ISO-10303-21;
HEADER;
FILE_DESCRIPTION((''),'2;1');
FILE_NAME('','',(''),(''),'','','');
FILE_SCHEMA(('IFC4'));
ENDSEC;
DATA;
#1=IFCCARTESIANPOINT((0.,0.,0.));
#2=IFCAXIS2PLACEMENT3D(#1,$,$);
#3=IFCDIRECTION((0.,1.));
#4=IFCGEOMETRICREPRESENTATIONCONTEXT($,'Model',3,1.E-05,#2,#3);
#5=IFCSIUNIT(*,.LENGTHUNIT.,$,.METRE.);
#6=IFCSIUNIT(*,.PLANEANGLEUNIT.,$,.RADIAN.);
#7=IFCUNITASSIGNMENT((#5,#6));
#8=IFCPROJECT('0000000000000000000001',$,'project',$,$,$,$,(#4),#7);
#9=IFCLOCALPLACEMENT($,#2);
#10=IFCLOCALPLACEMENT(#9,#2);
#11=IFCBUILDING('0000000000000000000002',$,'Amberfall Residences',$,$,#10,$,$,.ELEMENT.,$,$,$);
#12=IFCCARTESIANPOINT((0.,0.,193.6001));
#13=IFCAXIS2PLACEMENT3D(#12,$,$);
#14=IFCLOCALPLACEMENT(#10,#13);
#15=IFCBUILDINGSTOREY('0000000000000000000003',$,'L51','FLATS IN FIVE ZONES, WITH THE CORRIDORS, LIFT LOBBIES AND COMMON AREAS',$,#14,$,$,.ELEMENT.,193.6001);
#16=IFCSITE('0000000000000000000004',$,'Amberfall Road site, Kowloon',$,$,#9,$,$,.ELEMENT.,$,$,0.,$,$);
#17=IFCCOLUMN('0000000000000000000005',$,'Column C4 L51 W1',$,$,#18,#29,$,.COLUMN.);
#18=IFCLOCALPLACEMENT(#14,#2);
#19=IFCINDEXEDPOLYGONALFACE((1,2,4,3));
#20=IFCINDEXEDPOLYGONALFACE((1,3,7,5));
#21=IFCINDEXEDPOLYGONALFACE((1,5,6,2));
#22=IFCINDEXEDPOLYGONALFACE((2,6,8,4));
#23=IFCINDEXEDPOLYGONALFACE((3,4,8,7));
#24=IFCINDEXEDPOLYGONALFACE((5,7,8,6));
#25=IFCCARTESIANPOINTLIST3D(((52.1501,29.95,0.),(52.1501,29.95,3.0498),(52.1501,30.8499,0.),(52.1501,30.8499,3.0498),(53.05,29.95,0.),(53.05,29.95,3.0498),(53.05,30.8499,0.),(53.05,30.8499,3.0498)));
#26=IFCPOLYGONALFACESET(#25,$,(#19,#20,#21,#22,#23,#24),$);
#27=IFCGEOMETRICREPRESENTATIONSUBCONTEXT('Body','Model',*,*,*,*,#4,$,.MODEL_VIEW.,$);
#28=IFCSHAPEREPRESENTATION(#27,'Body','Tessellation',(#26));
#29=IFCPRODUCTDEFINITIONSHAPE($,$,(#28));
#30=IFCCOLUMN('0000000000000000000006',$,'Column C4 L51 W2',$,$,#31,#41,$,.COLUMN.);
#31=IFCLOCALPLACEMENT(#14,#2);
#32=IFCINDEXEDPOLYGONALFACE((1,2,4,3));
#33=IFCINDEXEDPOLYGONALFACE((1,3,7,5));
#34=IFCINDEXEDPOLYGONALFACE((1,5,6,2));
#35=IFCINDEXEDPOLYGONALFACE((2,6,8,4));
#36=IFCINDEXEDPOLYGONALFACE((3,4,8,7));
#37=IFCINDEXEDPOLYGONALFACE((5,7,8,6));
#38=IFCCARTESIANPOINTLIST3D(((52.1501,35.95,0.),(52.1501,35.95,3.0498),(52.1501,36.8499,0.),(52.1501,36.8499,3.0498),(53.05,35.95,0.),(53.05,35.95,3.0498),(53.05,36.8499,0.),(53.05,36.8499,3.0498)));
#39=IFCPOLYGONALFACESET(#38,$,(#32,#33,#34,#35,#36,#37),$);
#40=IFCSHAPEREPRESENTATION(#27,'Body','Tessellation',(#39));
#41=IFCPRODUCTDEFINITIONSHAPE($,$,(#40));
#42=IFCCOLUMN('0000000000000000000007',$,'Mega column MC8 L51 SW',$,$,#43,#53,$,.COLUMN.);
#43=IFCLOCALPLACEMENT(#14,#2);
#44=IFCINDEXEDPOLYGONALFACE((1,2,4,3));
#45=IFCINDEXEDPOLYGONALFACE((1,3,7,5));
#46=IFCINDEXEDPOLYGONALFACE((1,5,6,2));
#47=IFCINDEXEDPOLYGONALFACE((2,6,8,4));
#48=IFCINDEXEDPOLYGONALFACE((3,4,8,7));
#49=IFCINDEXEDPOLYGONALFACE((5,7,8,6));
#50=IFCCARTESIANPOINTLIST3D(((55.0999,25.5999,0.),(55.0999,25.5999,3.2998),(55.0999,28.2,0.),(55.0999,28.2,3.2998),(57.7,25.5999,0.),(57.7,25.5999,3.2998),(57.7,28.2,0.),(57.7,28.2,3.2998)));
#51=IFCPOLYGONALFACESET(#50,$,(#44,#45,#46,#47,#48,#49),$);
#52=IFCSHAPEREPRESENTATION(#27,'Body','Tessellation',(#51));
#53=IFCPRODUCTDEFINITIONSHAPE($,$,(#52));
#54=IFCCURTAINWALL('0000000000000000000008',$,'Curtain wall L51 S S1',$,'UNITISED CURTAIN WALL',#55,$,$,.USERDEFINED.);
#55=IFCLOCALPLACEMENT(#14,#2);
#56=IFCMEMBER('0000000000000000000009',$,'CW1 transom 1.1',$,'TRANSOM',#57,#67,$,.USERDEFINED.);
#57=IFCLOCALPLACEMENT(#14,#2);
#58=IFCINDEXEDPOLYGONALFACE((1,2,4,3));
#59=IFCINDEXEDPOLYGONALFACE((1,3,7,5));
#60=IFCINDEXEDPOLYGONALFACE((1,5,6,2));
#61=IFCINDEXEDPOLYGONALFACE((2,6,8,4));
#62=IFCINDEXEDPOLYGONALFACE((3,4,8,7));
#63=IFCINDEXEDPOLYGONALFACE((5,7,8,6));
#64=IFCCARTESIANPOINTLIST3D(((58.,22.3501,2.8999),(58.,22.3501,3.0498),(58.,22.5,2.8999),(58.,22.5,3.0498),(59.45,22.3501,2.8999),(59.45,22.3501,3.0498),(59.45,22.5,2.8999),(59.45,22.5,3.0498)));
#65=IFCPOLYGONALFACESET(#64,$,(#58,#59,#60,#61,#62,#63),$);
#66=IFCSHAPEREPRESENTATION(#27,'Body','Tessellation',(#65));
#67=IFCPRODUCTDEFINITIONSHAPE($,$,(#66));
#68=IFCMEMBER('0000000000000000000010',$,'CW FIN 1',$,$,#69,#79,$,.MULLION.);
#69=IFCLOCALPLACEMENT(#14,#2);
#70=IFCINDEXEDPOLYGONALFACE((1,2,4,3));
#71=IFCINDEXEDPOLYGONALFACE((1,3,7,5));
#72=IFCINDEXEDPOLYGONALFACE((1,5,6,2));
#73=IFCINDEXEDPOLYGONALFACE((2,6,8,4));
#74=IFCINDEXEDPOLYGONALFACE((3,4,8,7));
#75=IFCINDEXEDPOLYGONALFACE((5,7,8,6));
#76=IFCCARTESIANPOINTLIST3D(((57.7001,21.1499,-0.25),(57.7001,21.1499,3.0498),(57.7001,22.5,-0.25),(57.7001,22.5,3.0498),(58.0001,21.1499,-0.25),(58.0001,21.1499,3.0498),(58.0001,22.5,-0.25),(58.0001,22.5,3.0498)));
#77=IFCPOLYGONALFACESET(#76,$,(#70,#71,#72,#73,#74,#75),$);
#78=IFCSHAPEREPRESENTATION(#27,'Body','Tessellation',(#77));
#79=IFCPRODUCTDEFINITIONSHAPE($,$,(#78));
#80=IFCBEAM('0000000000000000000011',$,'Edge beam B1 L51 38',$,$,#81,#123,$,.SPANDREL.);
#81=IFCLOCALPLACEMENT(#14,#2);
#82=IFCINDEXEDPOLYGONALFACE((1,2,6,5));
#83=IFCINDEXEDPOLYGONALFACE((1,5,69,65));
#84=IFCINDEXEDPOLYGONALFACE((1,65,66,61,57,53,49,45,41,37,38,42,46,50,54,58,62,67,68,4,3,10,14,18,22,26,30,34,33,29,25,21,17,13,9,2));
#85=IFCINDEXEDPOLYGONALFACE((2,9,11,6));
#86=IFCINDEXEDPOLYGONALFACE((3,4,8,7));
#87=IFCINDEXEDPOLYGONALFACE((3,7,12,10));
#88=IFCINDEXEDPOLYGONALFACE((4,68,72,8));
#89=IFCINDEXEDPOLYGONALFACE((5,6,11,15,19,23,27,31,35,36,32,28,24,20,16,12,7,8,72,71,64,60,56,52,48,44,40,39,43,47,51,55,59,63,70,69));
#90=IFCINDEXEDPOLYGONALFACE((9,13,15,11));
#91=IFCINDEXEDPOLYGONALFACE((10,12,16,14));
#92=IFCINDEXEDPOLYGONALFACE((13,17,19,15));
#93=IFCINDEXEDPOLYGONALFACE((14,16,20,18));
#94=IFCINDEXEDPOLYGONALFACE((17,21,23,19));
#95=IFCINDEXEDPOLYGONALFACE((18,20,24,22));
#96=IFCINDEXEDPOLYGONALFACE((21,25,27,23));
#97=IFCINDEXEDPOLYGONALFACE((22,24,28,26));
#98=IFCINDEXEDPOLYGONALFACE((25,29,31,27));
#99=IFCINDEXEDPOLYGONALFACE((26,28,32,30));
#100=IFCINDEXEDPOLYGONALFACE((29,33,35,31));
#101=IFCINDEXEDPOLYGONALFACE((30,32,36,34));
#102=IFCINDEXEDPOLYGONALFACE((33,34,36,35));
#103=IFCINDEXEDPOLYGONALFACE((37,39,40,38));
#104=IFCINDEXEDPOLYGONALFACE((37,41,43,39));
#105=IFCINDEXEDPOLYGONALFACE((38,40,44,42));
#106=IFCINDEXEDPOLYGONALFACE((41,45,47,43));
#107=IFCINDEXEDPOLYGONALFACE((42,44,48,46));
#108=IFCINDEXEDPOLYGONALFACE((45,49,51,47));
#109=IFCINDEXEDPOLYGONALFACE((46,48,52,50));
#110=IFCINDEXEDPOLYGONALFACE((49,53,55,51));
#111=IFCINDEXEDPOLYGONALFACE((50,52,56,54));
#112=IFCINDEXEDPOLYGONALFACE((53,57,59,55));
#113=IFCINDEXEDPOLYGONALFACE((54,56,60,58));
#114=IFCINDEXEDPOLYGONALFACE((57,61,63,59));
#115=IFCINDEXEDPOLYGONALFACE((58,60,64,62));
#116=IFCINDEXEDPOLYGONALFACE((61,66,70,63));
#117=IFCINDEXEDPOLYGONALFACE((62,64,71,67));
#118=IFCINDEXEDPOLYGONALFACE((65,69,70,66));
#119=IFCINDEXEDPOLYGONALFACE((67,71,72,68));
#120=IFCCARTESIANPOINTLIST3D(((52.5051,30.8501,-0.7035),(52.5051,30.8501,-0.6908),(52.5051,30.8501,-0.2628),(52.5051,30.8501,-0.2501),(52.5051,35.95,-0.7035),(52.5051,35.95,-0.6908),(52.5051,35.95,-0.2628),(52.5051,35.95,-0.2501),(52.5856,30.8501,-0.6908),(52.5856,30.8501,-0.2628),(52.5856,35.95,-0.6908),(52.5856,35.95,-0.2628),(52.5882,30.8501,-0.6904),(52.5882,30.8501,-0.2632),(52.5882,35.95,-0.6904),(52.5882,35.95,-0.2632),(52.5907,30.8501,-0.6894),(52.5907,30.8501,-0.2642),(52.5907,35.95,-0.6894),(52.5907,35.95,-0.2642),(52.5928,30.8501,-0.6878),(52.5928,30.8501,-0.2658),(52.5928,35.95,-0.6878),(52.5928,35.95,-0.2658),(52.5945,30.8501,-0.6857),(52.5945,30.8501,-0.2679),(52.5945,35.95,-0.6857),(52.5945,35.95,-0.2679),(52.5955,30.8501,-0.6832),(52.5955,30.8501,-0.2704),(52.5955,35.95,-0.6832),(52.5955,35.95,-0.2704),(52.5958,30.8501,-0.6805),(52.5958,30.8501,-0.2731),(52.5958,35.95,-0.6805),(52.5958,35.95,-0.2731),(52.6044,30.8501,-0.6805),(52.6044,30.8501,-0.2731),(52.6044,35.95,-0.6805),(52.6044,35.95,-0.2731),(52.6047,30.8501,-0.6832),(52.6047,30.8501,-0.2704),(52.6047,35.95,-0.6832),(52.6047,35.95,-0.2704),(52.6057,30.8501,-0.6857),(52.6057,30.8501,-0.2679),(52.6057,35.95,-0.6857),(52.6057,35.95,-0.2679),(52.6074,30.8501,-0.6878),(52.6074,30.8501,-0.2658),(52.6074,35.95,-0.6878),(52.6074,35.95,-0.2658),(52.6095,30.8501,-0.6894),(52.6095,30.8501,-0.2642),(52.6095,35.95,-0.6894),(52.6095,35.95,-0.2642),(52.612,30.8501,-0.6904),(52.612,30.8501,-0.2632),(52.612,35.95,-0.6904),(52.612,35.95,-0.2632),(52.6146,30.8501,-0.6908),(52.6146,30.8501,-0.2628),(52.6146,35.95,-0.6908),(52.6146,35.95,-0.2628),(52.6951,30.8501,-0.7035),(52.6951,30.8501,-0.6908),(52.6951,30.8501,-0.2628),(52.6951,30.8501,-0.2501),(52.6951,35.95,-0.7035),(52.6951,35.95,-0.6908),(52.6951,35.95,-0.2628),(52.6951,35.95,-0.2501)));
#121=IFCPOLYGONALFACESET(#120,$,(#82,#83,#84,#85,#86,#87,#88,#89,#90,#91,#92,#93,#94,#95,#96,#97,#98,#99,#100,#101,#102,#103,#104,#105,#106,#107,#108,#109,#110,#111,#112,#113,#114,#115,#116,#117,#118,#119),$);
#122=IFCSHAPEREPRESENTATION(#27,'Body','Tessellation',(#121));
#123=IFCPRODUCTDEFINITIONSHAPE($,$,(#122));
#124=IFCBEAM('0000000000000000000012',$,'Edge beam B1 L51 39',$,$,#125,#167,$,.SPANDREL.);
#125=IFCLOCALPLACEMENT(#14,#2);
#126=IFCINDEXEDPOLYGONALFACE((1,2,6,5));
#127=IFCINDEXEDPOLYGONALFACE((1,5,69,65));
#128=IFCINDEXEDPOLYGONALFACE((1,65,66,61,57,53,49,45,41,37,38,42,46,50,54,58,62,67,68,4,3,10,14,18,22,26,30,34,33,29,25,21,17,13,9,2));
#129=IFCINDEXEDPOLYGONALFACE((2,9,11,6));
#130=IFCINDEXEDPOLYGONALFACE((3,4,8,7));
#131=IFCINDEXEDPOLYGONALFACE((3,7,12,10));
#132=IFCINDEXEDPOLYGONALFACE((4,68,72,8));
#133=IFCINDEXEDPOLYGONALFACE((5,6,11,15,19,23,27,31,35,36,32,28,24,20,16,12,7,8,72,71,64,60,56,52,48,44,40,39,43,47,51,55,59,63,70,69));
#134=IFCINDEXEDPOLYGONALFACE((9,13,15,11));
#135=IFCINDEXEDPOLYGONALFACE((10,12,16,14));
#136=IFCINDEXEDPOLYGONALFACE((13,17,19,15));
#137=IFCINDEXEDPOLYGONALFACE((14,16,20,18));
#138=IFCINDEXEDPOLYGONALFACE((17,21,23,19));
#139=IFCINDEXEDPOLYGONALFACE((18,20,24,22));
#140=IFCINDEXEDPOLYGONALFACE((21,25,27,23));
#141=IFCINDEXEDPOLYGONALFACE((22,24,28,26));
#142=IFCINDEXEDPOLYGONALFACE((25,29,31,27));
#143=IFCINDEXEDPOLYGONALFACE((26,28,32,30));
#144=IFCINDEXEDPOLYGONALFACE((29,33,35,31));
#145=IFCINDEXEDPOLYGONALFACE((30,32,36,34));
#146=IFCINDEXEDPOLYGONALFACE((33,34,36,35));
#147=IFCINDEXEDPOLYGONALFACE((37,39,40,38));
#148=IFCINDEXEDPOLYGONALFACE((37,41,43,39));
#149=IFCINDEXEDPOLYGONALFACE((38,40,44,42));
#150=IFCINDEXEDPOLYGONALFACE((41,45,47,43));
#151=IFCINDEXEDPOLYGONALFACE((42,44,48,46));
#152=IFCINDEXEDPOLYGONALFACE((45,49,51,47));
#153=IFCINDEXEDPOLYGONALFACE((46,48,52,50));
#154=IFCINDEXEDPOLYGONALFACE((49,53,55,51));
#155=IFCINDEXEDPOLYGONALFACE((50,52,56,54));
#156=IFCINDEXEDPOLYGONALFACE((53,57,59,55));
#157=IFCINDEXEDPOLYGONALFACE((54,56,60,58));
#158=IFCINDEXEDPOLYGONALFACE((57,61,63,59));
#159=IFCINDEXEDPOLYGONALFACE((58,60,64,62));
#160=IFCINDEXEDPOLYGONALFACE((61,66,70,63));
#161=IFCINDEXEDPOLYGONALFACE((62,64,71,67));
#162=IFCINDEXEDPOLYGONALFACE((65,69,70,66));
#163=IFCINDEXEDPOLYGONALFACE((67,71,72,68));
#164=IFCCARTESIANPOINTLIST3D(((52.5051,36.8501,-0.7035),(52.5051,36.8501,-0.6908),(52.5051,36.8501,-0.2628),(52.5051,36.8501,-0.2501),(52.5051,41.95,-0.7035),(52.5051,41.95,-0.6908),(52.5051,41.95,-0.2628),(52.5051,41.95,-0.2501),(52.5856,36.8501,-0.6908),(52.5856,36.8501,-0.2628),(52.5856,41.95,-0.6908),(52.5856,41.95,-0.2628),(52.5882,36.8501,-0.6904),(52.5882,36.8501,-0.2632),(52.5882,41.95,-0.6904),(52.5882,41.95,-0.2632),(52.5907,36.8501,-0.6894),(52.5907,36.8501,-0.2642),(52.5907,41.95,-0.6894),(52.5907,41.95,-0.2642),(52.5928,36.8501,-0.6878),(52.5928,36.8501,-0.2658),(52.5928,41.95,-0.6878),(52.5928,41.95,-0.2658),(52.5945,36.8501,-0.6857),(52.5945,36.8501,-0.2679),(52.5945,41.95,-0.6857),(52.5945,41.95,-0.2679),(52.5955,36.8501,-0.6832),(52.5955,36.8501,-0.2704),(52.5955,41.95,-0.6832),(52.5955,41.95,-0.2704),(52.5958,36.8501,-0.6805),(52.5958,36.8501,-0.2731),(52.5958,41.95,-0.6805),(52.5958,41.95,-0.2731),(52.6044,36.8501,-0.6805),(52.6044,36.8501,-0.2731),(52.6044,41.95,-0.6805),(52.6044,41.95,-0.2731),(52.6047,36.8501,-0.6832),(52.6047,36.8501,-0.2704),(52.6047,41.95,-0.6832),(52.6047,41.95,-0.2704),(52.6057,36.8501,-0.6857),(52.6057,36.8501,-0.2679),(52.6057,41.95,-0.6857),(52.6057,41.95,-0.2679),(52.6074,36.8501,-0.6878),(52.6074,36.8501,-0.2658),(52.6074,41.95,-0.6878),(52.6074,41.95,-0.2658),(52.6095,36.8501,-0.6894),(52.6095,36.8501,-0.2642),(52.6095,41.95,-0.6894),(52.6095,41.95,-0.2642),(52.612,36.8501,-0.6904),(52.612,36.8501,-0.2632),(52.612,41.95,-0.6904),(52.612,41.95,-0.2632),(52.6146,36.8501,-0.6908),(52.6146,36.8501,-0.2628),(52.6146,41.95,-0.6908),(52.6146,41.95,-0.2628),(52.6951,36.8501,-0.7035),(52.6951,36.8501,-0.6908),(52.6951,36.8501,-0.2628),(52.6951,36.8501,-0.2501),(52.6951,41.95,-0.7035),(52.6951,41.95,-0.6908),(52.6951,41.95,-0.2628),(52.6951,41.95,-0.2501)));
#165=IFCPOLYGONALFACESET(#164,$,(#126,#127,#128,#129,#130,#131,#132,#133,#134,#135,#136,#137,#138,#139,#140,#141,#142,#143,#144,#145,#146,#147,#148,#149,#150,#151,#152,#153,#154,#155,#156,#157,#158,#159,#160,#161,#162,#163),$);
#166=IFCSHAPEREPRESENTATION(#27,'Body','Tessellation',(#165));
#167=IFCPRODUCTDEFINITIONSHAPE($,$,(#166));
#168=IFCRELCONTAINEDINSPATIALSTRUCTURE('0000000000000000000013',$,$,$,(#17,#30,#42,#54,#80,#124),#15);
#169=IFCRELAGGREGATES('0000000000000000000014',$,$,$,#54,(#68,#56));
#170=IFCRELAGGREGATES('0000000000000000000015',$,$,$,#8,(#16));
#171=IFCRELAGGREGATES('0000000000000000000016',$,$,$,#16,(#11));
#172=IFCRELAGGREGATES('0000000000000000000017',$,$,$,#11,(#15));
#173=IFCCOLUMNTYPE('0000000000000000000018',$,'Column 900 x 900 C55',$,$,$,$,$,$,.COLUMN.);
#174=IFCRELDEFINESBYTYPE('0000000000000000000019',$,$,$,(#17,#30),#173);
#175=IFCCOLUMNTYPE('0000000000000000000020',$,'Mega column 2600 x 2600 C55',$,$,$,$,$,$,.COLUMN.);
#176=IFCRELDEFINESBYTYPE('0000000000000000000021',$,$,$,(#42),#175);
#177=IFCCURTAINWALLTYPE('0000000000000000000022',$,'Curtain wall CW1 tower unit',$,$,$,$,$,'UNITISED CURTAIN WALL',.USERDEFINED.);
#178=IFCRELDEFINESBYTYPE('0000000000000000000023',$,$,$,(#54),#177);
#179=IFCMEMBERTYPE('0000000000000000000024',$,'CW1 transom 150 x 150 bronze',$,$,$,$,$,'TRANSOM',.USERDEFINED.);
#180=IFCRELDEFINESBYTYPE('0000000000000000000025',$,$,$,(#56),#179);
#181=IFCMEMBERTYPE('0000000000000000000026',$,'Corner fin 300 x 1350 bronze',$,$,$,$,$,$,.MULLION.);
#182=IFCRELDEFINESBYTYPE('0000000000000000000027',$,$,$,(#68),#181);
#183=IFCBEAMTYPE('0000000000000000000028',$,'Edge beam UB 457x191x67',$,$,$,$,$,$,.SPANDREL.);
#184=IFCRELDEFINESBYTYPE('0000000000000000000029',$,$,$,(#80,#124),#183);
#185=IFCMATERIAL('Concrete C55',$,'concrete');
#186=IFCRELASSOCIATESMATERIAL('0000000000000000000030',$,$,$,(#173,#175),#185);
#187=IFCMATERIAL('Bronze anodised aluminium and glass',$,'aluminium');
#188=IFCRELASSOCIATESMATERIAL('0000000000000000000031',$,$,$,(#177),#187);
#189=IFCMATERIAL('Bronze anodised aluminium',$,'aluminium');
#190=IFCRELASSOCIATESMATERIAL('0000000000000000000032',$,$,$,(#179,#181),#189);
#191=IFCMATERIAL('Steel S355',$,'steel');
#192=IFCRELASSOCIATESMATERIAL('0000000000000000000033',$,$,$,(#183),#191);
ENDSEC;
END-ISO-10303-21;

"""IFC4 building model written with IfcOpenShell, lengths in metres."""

from ifc_helpers import new_model, si_unit, direction, frame, origin, origin_2d, place, context, subcontext, project, spatial, rectangle, i_section, extrude, material, material_profile, profile_set, type_object, element, aggregate, save


model = new_model("IFC4")

# Units and contexts
model_context = context("Model", 3, precision=1e-05, world=origin(), true_north=direction((0.0, 1.0)))
body_context = subcontext(model_context, "Body", "Model", "MODEL_VIEW")
ifc_project = project(units=[si_unit("LENGTHUNIT", "METRE"), si_unit("PLANEANGLEUNIT", "RADIAN")], contexts=[model_context])

# Site, building, storey
site_placement = place(None, origin())
site = spatial("IfcSite", under=ifc_project, at=site_placement, Name="Amberfall Road site, Kowloon", CompositionType="ELEMENT", RefElevation=0.0)
building_placement = place(site_placement, origin())
building = spatial("IfcBuilding", under=site, at=building_placement, Name="Amberfall Residences", CompositionType="ELEMENT")
storey_placement = place(building_placement, frame((0.0, 0.0, 193.6001)))
storey = spatial("IfcBuildingStorey", under=building, at=storey_placement, Name="L51", Description="FLATS IN FIVE ZONES, WITH THE CORRIDORS, LIFT LOBBIES AND COMMON AREAS", CompositionType="ELEMENT", Elevation=193.6001)

# Columns
ifc_material_1 = material(Name="Concrete C55", Category="concrete")
ifc_material_profile_1 = material_profile(ifc_material_1, rectangle(XDim=0.8999, YDim=0.8999, at=origin_2d()), Name="Column 900 x 900 C55")
ifc_profile_set_1 = profile_set([ifc_material_profile_1], Name="Concrete C55")
column_type_1 = type_object("IfcColumnType", Name="Column 900 x 900 C55", PredefinedType="COLUMN", material=ifc_profile_set_1)
for number, where, z_axis, x_axis, name in (
    (1, (52.6001, 30.3999, 0.0), (0.0, 0.0, 1.0), (1.0, 0.0, 0.0), "Column C4 L51 W1"),
    (2, (52.6001, 36.3999, 0.0), (0.0, 0.0, 1.0), (1.0, 0.0, 0.0), "Column C4 L51 W2"),
):
    element("IfcColumn", number, at=place(storey_placement, frame(where, z_axis=z_axis, x_axis=x_axis)), inside=storey, type_object=column_type_1, Name=name, PredefinedType="COLUMN", context=body_context, shape_type="SweptSolid", body=[
        extrude(rectangle(XDim=0.8999, YDim=0.8999, at=origin_2d()), origin(), (0.0, 0.0, 1.0), 3.0498),
    ])
ifc_material_profile_2 = material_profile(ifc_material_1, rectangle(XDim=2.6001, YDim=2.6001, at=origin_2d()), Name="Mega column 2600 x 2600 C55")
ifc_profile_set_2 = profile_set([ifc_material_profile_2], Name="Concrete C55")
column_type_2 = type_object("IfcColumnType", Name="Mega column 2600 x 2600 C55", PredefinedType="COLUMN", material=ifc_profile_set_2)
column_placement = place(storey_placement, frame((56.3999, 26.8999, 0.0), z_axis=(0.0, 0.0, 1.0), x_axis=(1.0, 0.0, 0.0)))
element("IfcColumn", 3, at=column_placement, inside=storey, type_object=column_type_2, Name="Mega column MC8 L51 SW", PredefinedType="COLUMN", context=body_context, shape_type="SweptSolid", body=[
    extrude(rectangle(XDim=2.6001, YDim=2.6001, at=origin_2d()), origin(), (0.0, 0.0, 1.0), 3.2998),
])

# Curtain wall, members
ifc_material_2 = material(Name="Bronze anodised aluminium and glass", Category="aluminium")
curtain_wall_type = type_object("IfcCurtainWallType", Name="Curtain wall CW1 tower unit", ElementType="UNITISED CURTAIN WALL", PredefinedType="USERDEFINED", material=ifc_material_2)
curtain_wall_placement = place(storey_placement, origin())
curtain_wall = element("IfcCurtainWall", 4, at=curtain_wall_placement, inside=storey, type_object=curtain_wall_type, Name="Curtain wall L51 S S1", ObjectType="UNITISED CURTAIN WALL", PredefinedType="USERDEFINED")
ifc_material_3 = material(Name="Bronze anodised aluminium", Category="aluminium")
ifc_material_profile_3 = material_profile(ifc_material_3, rectangle(XDim=0.1499, YDim=0.1499, at=origin_2d()), Name="CW1 transom 150 x 150 bronze")
ifc_profile_set_3 = profile_set([ifc_material_profile_3], Name="Bronze anodised aluminium")
member_type_1 = type_object("IfcMemberType", Name="CW1 transom 150 x 150 bronze", ElementType="TRANSOM", PredefinedType="USERDEFINED", material=ifc_profile_set_3)
member_1_placement = place(storey_placement, frame((58.0, 22.425, 2.9749), z_axis=(1.0, 0.0, 0.0), x_axis=(0.0, 1.0, 0.0)))
member_1 = element("IfcMember", 5, at=member_1_placement, type_object=member_type_1, Name="CW1 transom 1.1", ObjectType="TRANSOM", PredefinedType="USERDEFINED", context=body_context, shape_type="SweptSolid", body=[
    extrude(rectangle(XDim=0.1499, YDim=0.1499, at=origin_2d()), origin(), (0.0, 0.0, 1.0), 1.45),
])
ifc_material_profile_4 = material_profile(ifc_material_3, rectangle(XDim=1.3501, YDim=0.3, at=origin_2d()), Name="Corner fin 300 x 1350 bronze")
ifc_profile_set_4 = profile_set([ifc_material_profile_4], Name="Bronze anodised aluminium")
member_type_2 = type_object("IfcMemberType", Name="Corner fin 300 x 1350 bronze", PredefinedType="MULLION", material=ifc_profile_set_4)
member_2_placement = place(storey_placement, frame((57.8501, 21.825, -0.25), z_axis=(0.0, 0.0, 1.0), x_axis=(0.0, 1.0, 0.0)))
member_2 = element("IfcMember", 6, at=member_2_placement, type_object=member_type_2, Name="CW FIN 1", PredefinedType="MULLION", context=body_context, shape_type="SweptSolid", body=[
    extrude(rectangle(XDim=1.3501, YDim=0.3, at=origin_2d()), origin(), (0.0, 0.0, 1.0), 3.2998),
])

# Beams
ifc_material_4 = material(Name="Steel S355", Category="steel")
ifc_material_profile_5 = material_profile(ifc_material_4, i_section(OverallWidth=0.1899, OverallDepth=0.4534, WebThickness=0.0085, FlangeThickness=0.0127, FilletRadius=0.0103, at=origin_2d()), Name="UB 457x191x67")
ifc_profile_set_5 = profile_set([ifc_material_profile_5], Name="Steel S355")
beam_type_1 = type_object("IfcBeamType", Name="Edge beam UB 457x191x67", PredefinedType="SPANDREL", material=ifc_profile_set_5)
for number, where, z_axis, x_axis, name in (
    (7, (52.6001, 30.8501, -0.4768), (0.0, 1.0, 0.0), (-1.0, 0.0, 0.0), "Edge beam B1 L51 38"),
    (8, (52.6001, 36.8501, -0.4768), (0.0, 1.0, 0.0), (-1.0, 0.0, 0.0), "Edge beam B1 L51 39"),
):
    element("IfcBeam", number, at=place(storey_placement, frame(where, z_axis=z_axis, x_axis=x_axis)), inside=storey, type_object=beam_type_1, Name=name, PredefinedType="SPANDREL", context=body_context, shape_type="SweptSolid", body=[
        extrude(i_section(OverallWidth=0.1899, OverallDepth=0.4534, WebThickness=0.0085, FlangeThickness=0.0127, FilletRadius=0.0103, at=origin_2d()), origin(), (0.0, 0.0, 1.0), 5.0999),
    ])

aggregate(curtain_wall, [member_2, member_1])

save(model, "model.ifc")
